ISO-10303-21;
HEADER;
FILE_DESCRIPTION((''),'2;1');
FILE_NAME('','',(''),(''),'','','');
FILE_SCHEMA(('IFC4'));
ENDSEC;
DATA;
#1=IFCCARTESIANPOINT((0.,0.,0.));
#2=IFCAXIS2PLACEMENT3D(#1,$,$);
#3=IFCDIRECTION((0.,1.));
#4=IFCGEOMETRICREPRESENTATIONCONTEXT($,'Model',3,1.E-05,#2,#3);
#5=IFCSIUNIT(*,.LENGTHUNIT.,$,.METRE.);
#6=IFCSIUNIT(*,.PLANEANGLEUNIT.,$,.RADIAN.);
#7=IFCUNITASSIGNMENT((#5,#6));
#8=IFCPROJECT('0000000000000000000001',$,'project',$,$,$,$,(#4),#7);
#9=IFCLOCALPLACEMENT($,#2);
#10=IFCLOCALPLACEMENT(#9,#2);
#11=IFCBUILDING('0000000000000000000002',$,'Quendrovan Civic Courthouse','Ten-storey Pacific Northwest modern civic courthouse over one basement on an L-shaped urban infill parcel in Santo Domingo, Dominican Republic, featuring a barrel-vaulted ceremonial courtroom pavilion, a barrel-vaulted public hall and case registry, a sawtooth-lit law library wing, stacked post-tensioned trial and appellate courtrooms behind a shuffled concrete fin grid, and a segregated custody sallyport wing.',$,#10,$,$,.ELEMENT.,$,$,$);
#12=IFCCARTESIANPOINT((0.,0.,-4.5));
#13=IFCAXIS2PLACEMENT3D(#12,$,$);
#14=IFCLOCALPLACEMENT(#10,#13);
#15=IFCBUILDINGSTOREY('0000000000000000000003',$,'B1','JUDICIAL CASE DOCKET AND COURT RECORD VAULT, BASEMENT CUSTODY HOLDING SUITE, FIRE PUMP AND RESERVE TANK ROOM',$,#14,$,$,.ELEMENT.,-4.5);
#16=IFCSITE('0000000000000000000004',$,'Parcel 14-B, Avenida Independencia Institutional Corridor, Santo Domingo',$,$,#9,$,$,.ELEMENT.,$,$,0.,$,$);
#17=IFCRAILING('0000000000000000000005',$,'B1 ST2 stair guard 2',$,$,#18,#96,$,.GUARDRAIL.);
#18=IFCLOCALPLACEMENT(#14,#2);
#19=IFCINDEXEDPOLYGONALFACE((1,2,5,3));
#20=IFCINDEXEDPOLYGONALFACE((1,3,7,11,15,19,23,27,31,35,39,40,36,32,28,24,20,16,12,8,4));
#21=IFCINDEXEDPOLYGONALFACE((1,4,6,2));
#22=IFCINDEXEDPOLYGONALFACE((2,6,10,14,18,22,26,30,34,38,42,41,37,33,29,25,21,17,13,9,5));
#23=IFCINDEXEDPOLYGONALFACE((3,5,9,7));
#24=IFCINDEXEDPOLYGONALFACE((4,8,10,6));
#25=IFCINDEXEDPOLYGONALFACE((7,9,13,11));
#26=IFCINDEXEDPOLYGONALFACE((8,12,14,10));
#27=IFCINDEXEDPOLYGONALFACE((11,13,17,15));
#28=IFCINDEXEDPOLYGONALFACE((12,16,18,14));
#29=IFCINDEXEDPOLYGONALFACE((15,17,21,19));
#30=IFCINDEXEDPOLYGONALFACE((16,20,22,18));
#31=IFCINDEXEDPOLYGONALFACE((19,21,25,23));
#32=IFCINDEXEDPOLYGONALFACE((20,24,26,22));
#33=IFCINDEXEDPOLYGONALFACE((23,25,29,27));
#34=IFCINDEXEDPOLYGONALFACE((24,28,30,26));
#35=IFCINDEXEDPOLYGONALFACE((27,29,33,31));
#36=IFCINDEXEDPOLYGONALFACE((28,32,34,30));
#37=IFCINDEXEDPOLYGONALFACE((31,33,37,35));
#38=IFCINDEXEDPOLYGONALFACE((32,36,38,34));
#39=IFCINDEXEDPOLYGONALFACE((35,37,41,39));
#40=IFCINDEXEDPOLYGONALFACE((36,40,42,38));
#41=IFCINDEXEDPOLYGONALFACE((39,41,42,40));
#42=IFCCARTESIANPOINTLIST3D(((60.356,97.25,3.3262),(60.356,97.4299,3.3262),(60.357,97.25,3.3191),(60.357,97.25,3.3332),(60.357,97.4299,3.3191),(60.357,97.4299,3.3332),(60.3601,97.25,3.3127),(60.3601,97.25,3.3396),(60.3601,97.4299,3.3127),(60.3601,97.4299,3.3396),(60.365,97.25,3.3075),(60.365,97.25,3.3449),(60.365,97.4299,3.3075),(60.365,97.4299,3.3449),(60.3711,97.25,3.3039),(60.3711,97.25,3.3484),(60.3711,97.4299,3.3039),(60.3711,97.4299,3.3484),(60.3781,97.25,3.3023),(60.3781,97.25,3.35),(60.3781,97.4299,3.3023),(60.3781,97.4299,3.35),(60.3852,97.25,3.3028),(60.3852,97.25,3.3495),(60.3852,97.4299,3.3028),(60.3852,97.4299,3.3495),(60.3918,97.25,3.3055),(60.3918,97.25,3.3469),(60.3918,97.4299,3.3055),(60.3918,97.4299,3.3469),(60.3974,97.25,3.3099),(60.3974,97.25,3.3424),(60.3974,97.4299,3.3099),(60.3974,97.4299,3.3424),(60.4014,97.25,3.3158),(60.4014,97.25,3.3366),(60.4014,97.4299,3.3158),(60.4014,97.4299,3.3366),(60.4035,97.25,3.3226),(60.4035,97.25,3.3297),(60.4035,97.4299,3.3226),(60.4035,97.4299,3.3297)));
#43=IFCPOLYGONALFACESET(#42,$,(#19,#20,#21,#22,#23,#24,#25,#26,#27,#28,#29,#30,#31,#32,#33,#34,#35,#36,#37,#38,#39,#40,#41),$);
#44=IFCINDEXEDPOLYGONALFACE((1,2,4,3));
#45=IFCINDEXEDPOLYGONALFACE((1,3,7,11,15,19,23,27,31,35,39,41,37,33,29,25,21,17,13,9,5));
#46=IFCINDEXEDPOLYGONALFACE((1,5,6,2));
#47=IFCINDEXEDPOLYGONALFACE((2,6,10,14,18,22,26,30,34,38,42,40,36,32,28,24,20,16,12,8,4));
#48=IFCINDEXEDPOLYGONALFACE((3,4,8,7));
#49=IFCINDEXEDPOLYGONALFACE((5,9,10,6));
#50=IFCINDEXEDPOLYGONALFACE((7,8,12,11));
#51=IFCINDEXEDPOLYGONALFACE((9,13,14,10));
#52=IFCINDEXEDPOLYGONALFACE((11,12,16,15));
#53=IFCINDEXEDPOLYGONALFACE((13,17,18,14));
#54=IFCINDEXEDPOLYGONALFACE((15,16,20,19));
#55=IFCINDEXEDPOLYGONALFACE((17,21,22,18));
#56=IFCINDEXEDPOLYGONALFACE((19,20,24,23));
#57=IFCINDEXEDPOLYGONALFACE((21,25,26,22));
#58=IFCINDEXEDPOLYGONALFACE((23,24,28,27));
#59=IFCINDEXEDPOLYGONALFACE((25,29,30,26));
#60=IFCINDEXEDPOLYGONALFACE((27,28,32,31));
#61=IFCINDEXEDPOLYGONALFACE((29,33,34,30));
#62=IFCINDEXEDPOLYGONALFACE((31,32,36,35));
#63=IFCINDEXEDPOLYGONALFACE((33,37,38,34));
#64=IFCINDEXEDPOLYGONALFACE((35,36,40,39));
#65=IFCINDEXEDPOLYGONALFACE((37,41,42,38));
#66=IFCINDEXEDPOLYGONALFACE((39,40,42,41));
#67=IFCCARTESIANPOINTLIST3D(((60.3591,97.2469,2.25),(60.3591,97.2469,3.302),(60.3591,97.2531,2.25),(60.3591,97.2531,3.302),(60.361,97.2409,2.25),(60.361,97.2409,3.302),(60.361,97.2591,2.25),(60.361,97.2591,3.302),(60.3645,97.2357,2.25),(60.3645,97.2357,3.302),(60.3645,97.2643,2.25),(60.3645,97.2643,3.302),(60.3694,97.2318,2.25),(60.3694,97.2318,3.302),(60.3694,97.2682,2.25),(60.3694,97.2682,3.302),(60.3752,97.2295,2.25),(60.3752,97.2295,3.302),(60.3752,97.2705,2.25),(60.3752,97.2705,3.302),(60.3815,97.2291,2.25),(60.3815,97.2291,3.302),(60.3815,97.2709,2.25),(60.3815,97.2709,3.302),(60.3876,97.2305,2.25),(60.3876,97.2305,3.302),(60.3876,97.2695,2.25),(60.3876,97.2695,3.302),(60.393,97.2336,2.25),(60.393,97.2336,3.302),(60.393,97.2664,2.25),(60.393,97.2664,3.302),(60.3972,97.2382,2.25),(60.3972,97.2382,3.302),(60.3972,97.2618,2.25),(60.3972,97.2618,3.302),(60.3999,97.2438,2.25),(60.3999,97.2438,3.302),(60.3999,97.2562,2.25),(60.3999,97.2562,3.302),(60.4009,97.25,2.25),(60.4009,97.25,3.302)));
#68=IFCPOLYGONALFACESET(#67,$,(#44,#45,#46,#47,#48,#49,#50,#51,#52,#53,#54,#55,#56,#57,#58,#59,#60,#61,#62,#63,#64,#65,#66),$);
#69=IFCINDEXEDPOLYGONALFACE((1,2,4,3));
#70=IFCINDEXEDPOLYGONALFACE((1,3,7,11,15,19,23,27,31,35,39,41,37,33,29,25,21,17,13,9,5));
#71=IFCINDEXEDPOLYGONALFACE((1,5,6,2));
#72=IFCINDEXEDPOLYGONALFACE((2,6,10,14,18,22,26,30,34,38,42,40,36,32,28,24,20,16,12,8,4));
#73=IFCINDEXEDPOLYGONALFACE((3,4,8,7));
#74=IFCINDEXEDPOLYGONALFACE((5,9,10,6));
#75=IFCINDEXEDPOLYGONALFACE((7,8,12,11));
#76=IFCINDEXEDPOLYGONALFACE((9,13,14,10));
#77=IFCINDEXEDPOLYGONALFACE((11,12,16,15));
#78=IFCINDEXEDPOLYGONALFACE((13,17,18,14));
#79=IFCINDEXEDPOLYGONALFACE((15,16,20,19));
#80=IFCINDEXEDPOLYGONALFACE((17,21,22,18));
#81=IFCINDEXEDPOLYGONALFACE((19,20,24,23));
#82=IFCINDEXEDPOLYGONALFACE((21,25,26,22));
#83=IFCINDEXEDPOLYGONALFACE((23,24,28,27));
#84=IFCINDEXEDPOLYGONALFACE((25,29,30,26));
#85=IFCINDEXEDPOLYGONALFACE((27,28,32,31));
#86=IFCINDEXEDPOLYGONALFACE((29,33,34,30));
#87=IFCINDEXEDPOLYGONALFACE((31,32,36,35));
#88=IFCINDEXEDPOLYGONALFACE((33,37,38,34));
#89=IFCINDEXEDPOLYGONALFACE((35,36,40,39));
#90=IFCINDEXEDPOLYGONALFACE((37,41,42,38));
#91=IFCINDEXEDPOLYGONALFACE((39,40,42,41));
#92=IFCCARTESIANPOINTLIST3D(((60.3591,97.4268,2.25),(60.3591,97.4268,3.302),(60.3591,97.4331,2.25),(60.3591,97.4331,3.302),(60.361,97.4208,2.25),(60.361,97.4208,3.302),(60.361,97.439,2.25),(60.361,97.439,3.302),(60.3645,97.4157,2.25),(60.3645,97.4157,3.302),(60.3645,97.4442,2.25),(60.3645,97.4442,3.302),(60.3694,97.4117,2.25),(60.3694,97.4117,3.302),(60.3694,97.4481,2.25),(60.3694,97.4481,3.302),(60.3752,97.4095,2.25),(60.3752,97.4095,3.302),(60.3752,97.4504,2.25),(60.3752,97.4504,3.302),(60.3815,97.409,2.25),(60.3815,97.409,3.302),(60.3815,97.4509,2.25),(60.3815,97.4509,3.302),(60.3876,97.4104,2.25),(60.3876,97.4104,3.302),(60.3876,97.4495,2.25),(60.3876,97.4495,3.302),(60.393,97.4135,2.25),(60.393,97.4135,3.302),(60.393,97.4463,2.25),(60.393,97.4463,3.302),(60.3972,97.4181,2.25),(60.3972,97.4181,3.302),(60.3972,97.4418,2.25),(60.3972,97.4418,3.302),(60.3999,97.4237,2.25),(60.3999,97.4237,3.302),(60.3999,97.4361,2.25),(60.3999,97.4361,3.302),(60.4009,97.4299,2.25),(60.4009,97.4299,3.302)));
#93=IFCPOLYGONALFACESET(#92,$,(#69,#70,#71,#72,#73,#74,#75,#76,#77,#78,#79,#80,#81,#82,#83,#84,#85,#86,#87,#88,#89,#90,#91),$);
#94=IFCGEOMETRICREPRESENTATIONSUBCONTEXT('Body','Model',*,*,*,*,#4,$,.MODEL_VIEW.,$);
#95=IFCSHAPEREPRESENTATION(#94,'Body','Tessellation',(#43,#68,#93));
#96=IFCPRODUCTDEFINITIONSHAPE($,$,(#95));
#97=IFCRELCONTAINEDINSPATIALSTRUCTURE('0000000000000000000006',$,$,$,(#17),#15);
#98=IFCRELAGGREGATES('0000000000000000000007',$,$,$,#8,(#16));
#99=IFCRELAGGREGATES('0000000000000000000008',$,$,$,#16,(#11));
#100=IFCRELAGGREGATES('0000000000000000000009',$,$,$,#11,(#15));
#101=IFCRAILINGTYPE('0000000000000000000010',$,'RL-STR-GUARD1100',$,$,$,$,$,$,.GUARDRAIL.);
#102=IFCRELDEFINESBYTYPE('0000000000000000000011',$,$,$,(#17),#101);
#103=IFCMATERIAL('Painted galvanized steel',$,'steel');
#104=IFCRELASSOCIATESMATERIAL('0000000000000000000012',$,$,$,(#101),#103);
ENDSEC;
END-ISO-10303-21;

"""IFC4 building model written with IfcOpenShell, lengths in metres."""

from ifc_helpers import new_model, si_unit, direction, frame, origin, origin_2d, place, context, subcontext, project, spatial, circle, extrude, material, type_object, element, save


model = new_model("IFC4")

# Units and contexts
model_context = context("Model", 3, precision=1e-05, world=origin(), true_north=direction((0.0, 1.0)))
body_context = subcontext(model_context, "Body", "Model", "MODEL_VIEW")
ifc_project = project(units=[si_unit("LENGTHUNIT", "METRE"), si_unit("PLANEANGLEUNIT", "RADIAN")], contexts=[model_context])

# Site, building, storey
site_placement = place(None, origin())
site = spatial("IfcSite", under=ifc_project, at=site_placement, Name="Parcel 14-B, Avenida Independencia Institutional Corridor, Santo Domingo", CompositionType="ELEMENT", RefElevation=0.0)
building_placement = place(site_placement, origin())
building = spatial("IfcBuilding", under=site, at=building_placement, Name="Quendrovan Civic Courthouse", Description="Ten-storey Pacific Northwest modern civic courthouse over one basement on an L-shaped urban infill parcel in Santo Domingo, Dominican Republic, featuring a barrel-vaulted ceremonial courtroom pavilion, a barrel-vaulted public hall and case registry, a sawtooth-lit law library wing, stacked post-tensioned trial and appellate courtrooms behind a shuffled concrete fin grid, and a segregated custody sallyport wing.", CompositionType="ELEMENT")
storey_placement = place(building_placement, frame((0.0, 0.0, -4.5)))
storey = spatial("IfcBuildingStorey", under=building, at=storey_placement, Name="B1", Description="JUDICIAL CASE DOCKET AND COURT RECORD VAULT, BASEMENT CUSTODY HOLDING SUITE, FIRE PUMP AND RESERVE TANK ROOM", CompositionType="ELEMENT", Elevation=-4.5)

# Railing
ifc_material_1 = material(Name="Painted galvanized steel", Category="steel")
railing_type_1 = type_object("IfcRailingType", Name="RL-STR-GUARD1100", PredefinedType="GUARDRAIL", material=ifc_material_1)
railing_1_placement = place(storey_placement, frame((60.3799, 97.25, 2.25)))
element("IfcRailing", 1, at=railing_1_placement, inside=storey, type_object=railing_type_1, Name="B1 ST2 stair guard 2", PredefinedType="GUARDRAIL", context=body_context, shape_type="SweptSolid", body=[
    extrude(circle(Radius=0.0239, at=origin_2d()), frame((0.0, 0.0, 1.0762), z_axis=(0.0, 1.0, 0.0), x_axis=(-1.0, 0.0, 0.0)), (0.0, 0.0, 1.0), 0.1799),
    extrude(circle(Radius=0.021, at=origin_2d()), origin(), (0.0, 0.0, 1.0), 1.052),
    extrude(circle(Radius=0.021, at=origin_2d()), frame((0.0, 0.1799, 0.0)), (0.0, 0.0, 1.0), 1.052),
])

save(model, "model.ifc")
